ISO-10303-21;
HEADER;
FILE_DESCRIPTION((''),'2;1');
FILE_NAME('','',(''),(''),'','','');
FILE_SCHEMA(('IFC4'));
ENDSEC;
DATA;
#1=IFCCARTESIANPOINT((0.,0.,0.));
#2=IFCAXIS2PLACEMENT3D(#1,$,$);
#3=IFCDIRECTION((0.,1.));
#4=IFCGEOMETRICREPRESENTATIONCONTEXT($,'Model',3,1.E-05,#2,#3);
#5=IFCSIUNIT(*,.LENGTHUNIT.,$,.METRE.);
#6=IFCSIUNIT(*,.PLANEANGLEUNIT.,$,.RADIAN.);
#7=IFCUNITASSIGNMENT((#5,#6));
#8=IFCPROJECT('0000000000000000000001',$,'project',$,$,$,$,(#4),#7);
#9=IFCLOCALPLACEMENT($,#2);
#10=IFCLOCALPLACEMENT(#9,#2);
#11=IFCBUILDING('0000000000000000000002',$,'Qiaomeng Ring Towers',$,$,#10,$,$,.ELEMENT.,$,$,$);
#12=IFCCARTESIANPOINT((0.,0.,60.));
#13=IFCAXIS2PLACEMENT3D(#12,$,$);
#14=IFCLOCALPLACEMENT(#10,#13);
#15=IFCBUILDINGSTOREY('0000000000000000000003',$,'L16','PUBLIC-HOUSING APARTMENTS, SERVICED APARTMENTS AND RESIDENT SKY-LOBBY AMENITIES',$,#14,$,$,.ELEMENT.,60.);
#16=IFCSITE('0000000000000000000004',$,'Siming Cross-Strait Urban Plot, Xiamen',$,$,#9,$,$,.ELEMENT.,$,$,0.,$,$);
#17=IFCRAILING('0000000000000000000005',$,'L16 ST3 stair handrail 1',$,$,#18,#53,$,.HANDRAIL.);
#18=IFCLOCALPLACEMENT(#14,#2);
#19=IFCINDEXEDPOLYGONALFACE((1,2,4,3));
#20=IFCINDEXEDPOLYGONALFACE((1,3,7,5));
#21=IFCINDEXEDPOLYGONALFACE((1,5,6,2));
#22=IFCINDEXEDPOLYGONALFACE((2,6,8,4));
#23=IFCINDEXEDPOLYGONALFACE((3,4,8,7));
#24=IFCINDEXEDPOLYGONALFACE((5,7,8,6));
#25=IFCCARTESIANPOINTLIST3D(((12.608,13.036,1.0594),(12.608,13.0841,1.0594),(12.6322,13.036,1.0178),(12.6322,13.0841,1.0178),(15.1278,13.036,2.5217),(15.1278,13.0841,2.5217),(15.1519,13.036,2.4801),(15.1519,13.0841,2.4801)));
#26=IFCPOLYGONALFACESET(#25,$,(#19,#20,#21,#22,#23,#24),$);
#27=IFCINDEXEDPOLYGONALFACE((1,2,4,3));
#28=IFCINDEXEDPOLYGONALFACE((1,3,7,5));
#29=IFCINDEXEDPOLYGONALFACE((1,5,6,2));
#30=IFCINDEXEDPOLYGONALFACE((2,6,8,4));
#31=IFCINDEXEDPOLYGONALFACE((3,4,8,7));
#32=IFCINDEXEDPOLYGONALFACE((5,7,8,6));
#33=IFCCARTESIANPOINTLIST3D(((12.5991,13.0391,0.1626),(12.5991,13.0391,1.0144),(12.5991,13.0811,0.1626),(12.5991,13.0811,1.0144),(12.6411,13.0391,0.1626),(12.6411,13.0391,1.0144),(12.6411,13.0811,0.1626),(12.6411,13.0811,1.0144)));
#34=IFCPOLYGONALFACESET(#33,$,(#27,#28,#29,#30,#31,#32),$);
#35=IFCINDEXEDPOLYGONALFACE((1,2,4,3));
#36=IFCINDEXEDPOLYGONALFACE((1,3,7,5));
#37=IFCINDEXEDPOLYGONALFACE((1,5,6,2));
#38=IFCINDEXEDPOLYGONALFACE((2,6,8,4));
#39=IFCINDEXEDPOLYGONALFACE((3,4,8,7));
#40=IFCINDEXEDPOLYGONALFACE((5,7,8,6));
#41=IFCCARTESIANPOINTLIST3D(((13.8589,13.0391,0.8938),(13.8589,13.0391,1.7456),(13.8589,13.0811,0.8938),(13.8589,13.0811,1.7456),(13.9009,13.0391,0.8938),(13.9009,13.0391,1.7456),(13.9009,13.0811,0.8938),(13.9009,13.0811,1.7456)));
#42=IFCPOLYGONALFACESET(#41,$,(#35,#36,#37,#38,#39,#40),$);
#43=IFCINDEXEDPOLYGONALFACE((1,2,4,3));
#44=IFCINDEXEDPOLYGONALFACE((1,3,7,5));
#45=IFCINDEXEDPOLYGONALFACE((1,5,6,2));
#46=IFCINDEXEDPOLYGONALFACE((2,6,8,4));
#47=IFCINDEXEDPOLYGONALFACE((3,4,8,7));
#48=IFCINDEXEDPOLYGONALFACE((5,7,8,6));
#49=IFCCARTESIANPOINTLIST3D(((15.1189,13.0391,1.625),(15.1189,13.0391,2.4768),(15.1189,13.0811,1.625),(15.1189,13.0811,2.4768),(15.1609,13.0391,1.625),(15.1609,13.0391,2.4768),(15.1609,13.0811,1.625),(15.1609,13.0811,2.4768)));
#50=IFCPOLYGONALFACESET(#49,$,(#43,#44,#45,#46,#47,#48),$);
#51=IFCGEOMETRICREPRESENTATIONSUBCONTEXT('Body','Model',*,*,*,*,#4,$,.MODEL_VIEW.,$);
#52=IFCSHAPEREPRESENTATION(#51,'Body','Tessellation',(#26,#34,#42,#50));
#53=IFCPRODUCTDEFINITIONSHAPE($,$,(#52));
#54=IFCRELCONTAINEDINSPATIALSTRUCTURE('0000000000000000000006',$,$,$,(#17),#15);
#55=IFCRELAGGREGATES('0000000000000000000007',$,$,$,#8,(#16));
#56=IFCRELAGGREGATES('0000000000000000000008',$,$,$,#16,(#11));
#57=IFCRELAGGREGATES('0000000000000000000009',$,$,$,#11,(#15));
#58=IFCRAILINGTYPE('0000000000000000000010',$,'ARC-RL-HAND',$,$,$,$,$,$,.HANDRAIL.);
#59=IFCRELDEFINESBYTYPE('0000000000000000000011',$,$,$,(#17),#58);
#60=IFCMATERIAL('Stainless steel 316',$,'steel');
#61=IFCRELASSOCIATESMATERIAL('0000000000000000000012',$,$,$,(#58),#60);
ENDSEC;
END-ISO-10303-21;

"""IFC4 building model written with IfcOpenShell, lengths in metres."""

from ifc_helpers import new_model, si_unit, direction, frame, origin, origin_2d, place, context, subcontext, project, spatial, rectangle, extrude, material, type_object, element, save


model = new_model("IFC4")

# Units and contexts
model_context = context("Model", 3, precision=1e-05, world=origin(), true_north=direction((0.0, 1.0)))
body_context = subcontext(model_context, "Body", "Model", "MODEL_VIEW")
ifc_project = project(units=[si_unit("LENGTHUNIT", "METRE"), si_unit("PLANEANGLEUNIT", "RADIAN")], contexts=[model_context])

# Site, building, storey
site_placement = place(None, origin())
site = spatial("IfcSite", under=ifc_project, at=site_placement, Name="Siming Cross-Strait Urban Plot, Xiamen", CompositionType="ELEMENT", RefElevation=0.0)
building_placement = place(site_placement, origin())
building = spatial("IfcBuilding", under=site, at=building_placement, Name="Qiaomeng Ring Towers", CompositionType="ELEMENT")
storey_placement = place(building_placement, frame((0.0, 0.0, 60.0)))
storey = spatial("IfcBuildingStorey", under=building, at=storey_placement, Name="L16", Description="PUBLIC-HOUSING APARTMENTS, SERVICED APARTMENTS AND RESIDENT SKY-LOBBY AMENITIES", CompositionType="ELEMENT", Elevation=60.0)

# Shared definitions
ifc_material_1 = material(Name="Stainless steel 316", Category="steel")

# Railing
railing_type_1 = type_object("IfcRailingType", Name="ARC-RL-HAND", PredefinedType="HANDRAIL", material=ifc_material_1)
railing_1_placement = place(storey_placement, frame((12.6201, 13.0601, 0.1626)))
element("IfcRailing", 1, at=railing_1_placement, inside=storey, type_object=railing_type_1, Name="L16 ST3 stair handrail 1", PredefinedType="HANDRAIL", context=body_context, shape_type="SweptSolid", body=[
    extrude(rectangle(XDim=0.0481, YDim=0.0481, at=origin_2d()), frame((0.0, 0.0, 0.876), z_axis=(0.864892, 0.0, 0.501958), x_axis=(0.0, 1.0, 0.0)), (0.0, 0.0, 1.0), 2.9133),
    extrude(rectangle(XDim=0.042, YDim=0.042, at=origin_2d()), origin(), (0.0, 0.0, 1.0), 0.8518),
    extrude(rectangle(XDim=0.042, YDim=0.042, at=origin_2d()), frame((1.2598, 0.0, 0.7312)), (0.0, 0.0, 1.0), 0.8518),
    extrude(rectangle(XDim=0.042, YDim=0.042, at=origin_2d()), frame((2.5198, 0.0, 1.4624)), (0.0, 0.0, 1.0), 0.8518),
])

save(model, "model.ifc")
